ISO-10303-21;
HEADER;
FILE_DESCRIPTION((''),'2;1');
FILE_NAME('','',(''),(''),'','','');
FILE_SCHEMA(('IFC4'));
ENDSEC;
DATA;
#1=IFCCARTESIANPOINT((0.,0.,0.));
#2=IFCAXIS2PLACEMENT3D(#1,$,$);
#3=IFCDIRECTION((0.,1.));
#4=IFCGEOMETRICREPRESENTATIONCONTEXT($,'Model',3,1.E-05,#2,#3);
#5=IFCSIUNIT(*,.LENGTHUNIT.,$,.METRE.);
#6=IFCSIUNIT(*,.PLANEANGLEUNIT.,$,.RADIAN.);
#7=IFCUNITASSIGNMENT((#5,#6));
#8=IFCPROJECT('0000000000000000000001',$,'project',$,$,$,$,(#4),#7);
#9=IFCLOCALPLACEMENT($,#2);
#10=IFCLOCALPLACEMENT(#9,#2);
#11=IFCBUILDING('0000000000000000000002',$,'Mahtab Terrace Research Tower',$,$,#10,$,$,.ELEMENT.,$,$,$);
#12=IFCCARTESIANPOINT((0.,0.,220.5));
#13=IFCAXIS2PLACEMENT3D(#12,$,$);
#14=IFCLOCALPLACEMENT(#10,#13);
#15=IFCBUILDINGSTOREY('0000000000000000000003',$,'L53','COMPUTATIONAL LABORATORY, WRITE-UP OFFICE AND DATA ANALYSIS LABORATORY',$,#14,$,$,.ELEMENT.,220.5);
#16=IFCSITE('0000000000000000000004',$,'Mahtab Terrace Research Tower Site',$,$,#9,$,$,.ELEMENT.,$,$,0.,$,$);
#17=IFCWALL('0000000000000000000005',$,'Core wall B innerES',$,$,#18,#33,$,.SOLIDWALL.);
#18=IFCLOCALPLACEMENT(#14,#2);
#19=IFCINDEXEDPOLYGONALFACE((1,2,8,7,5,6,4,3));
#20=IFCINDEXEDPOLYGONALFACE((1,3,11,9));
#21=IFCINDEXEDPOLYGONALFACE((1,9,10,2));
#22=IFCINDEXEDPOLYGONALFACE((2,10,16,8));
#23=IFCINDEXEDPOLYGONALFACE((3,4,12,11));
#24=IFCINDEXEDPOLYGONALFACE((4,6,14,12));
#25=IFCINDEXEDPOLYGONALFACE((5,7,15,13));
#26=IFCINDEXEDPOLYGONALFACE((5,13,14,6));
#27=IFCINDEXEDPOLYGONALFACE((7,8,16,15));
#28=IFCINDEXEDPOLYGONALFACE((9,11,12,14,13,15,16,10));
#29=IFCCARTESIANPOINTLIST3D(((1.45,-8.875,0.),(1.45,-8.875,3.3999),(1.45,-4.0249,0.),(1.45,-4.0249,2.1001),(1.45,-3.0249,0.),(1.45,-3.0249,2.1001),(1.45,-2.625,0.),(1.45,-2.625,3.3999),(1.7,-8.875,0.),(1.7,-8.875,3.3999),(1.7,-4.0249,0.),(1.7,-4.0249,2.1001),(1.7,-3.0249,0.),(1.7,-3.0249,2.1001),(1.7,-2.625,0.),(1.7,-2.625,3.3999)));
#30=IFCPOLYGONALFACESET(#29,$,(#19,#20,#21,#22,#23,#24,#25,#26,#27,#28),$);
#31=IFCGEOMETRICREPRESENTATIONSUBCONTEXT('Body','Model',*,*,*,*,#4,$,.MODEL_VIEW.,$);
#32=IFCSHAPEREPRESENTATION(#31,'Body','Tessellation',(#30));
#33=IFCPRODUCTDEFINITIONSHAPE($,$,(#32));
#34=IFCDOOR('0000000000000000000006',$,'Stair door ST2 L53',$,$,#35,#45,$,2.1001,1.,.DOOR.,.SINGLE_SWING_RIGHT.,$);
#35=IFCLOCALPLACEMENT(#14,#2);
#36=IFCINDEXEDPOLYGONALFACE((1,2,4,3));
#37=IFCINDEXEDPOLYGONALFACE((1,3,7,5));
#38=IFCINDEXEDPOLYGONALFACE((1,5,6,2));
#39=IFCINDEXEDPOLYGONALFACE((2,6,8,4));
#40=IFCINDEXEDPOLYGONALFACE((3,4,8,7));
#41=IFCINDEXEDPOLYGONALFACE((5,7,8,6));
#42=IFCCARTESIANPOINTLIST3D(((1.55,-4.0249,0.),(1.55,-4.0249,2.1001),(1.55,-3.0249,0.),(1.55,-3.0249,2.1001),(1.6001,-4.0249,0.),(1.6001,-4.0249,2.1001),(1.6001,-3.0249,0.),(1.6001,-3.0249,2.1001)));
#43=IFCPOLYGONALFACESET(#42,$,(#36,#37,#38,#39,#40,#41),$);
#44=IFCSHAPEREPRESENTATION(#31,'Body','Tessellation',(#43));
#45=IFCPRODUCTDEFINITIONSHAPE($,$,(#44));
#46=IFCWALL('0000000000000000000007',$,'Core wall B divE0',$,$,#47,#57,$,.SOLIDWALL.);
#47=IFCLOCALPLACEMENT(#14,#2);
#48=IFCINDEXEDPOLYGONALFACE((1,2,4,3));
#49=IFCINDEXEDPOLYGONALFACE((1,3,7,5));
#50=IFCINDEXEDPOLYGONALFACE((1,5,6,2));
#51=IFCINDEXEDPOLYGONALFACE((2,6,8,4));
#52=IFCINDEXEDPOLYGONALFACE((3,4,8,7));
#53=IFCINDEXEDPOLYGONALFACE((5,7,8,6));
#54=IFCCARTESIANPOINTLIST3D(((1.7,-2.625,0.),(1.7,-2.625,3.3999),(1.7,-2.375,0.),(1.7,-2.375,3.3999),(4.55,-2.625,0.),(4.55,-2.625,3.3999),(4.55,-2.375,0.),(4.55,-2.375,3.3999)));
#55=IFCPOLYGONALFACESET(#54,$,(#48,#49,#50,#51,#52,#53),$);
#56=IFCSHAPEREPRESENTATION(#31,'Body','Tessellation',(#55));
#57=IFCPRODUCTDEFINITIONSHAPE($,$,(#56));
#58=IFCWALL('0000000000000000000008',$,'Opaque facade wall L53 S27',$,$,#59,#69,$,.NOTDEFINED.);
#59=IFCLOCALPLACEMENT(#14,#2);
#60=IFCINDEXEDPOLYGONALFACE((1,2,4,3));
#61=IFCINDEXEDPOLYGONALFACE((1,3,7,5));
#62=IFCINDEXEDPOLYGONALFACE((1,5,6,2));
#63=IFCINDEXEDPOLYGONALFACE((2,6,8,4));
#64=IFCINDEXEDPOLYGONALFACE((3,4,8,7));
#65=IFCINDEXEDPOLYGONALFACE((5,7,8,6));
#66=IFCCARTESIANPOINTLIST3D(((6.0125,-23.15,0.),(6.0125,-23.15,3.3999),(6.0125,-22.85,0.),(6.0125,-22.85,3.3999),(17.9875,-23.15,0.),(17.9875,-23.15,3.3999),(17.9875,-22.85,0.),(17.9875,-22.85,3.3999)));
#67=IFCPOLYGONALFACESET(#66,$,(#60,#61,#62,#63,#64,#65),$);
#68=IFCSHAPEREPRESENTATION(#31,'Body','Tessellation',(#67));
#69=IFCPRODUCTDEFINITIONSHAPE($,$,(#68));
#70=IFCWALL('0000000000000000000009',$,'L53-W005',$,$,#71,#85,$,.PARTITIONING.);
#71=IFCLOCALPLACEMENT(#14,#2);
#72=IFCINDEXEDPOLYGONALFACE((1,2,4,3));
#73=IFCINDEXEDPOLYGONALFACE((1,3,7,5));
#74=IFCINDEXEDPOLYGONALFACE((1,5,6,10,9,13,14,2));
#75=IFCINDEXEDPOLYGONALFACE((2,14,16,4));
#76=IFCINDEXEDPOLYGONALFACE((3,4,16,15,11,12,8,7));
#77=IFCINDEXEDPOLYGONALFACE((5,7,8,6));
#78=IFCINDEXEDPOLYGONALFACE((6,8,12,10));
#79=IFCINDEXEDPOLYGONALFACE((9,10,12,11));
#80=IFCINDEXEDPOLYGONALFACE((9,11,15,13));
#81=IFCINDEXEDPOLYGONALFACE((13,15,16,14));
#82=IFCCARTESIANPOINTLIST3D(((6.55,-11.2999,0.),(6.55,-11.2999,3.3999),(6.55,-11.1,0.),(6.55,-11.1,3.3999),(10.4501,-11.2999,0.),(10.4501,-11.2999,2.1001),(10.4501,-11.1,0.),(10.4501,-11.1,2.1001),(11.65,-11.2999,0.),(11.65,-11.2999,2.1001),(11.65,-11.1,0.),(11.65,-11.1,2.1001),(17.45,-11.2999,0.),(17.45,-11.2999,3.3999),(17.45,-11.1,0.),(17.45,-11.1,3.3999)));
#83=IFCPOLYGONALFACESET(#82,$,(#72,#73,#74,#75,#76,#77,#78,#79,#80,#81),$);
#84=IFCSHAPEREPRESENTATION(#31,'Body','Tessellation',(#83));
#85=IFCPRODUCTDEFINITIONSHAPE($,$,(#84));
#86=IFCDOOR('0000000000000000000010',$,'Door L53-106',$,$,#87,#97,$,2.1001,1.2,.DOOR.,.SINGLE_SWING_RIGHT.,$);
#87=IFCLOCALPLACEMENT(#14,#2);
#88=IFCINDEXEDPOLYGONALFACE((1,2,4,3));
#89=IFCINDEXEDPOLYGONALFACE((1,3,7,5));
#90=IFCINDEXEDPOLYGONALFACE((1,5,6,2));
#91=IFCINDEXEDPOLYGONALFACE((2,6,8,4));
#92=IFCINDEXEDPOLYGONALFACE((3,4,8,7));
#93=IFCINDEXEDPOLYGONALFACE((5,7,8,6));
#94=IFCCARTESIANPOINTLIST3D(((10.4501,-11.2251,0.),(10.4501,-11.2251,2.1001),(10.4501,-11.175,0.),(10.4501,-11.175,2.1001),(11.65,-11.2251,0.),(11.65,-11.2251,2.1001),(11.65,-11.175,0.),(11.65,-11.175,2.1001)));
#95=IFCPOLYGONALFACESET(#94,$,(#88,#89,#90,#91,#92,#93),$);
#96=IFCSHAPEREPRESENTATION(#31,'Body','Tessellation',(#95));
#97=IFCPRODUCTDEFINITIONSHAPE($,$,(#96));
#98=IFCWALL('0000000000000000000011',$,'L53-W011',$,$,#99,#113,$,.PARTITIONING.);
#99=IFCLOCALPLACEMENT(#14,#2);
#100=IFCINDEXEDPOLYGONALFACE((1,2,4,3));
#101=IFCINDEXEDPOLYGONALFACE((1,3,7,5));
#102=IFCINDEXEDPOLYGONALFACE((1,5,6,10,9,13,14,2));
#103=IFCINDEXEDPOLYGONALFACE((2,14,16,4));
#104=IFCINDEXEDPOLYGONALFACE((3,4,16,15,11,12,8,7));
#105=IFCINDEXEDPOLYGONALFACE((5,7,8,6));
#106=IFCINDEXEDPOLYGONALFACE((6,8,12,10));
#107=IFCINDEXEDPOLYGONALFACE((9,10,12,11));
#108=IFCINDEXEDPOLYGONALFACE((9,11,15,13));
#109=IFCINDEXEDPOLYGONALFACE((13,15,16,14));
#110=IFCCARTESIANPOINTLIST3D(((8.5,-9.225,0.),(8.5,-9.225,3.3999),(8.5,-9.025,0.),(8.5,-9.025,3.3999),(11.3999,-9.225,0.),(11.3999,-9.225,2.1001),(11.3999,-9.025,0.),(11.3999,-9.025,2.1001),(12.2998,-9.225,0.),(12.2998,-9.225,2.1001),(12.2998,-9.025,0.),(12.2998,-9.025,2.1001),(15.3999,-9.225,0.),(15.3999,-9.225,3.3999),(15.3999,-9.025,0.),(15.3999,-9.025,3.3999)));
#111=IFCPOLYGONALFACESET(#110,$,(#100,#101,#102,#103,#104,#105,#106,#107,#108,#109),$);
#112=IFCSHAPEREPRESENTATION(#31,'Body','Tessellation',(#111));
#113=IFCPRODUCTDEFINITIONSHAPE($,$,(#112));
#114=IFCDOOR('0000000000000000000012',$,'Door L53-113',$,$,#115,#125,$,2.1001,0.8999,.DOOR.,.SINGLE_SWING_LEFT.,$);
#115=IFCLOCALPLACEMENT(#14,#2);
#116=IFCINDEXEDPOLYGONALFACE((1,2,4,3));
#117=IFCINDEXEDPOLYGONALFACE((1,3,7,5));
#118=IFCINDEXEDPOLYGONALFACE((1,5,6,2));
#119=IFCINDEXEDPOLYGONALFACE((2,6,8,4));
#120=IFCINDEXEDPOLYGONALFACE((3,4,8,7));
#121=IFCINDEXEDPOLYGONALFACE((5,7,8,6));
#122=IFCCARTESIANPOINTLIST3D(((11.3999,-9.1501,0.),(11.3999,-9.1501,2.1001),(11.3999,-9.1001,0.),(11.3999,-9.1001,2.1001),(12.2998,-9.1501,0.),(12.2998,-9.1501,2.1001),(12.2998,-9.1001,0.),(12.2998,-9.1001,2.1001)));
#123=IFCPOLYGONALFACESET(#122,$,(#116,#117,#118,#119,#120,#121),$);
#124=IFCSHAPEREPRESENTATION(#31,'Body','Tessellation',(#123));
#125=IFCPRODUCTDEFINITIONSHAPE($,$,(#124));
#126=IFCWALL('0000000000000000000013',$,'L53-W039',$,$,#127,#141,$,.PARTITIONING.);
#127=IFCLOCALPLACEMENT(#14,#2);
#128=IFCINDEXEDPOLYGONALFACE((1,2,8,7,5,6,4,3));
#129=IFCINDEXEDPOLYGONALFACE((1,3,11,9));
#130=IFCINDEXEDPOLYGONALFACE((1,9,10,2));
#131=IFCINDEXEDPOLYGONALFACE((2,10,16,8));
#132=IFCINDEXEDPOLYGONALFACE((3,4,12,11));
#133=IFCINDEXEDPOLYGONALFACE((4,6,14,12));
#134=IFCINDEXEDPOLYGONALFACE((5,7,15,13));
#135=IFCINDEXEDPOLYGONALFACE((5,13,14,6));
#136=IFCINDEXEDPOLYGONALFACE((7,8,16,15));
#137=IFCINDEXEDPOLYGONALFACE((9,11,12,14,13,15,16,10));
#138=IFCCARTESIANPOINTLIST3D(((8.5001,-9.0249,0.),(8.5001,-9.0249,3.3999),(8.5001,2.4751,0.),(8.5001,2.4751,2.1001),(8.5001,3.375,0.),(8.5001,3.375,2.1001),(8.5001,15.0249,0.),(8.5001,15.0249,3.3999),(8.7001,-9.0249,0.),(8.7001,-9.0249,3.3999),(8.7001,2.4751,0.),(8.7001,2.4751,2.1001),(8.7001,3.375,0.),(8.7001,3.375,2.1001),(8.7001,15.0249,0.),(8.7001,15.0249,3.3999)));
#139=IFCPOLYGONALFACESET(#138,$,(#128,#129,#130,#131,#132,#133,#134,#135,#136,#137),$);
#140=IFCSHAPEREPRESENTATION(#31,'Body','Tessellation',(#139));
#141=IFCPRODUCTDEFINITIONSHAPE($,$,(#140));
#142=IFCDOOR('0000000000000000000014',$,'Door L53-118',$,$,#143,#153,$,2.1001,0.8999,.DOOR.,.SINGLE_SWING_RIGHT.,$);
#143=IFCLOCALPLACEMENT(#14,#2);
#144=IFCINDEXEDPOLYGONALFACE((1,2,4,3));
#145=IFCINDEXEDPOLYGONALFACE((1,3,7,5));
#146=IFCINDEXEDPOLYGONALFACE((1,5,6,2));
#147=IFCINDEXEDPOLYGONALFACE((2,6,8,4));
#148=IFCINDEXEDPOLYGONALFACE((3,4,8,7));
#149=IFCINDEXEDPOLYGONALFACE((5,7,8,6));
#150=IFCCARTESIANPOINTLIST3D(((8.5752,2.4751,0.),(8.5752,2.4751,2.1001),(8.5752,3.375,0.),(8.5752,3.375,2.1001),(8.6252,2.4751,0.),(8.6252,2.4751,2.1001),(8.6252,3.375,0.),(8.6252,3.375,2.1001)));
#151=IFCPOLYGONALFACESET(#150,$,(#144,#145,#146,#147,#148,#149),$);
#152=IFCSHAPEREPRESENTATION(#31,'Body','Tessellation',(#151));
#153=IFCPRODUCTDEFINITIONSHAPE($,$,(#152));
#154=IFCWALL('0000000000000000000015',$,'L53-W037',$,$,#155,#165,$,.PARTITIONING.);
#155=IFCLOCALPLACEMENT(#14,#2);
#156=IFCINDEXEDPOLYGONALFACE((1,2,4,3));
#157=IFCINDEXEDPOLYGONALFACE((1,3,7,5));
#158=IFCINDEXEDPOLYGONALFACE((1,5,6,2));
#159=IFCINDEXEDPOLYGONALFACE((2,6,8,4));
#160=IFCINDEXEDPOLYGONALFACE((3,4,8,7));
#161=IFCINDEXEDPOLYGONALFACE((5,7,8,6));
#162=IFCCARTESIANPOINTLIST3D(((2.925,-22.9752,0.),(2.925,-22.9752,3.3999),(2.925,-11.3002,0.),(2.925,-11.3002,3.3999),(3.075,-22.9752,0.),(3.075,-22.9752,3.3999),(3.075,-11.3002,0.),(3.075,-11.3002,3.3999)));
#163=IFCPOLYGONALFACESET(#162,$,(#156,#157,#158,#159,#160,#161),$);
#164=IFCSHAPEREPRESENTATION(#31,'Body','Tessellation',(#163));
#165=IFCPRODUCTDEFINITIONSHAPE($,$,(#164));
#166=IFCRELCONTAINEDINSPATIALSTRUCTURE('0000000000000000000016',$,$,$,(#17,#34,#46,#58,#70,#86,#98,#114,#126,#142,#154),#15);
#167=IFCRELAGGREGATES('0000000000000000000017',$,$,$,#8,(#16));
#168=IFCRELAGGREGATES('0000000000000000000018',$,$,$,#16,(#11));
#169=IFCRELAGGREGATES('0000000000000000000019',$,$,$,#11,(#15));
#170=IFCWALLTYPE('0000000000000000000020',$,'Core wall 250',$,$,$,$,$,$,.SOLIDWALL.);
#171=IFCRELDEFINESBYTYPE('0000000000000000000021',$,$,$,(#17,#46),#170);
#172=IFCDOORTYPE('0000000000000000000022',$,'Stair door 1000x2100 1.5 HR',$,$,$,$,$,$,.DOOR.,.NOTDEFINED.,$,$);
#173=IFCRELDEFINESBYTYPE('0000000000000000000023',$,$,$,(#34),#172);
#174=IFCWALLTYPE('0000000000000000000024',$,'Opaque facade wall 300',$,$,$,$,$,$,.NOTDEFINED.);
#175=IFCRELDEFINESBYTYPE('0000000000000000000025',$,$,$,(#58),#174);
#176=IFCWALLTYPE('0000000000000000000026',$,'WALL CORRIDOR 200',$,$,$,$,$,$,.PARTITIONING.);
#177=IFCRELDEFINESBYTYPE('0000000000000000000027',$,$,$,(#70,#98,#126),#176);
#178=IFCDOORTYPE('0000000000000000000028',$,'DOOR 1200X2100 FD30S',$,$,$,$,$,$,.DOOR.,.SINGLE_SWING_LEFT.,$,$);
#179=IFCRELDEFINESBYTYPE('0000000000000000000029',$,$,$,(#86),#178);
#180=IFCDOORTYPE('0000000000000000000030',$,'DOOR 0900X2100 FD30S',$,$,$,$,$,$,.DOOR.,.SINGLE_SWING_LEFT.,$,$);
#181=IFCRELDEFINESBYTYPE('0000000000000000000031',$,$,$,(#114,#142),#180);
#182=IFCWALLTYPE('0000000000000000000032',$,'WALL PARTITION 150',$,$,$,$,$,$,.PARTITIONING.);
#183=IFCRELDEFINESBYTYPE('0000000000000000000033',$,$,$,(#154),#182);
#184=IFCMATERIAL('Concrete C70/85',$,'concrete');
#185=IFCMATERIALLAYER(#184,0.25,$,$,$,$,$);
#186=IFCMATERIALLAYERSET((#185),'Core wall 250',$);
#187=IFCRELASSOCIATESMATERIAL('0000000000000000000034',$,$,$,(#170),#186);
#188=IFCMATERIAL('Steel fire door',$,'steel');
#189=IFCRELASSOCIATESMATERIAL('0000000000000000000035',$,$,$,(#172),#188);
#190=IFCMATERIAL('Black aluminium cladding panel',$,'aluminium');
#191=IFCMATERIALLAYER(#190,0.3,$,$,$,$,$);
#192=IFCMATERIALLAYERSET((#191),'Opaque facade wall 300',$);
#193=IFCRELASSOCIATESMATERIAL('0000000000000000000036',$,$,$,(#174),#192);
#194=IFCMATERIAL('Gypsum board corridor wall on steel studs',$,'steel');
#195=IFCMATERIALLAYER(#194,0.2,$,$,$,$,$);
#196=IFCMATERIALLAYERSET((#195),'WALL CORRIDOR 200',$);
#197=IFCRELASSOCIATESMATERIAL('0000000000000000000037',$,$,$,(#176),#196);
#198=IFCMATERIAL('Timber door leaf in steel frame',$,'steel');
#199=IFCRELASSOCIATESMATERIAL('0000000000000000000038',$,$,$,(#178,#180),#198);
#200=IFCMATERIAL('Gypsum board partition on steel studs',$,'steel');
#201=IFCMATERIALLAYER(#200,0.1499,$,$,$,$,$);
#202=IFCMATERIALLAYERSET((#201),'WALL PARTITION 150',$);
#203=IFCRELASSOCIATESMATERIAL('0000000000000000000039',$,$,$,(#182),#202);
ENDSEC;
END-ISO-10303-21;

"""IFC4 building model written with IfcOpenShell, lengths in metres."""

from ifc_helpers import new_model, si_unit, direction, frame, frame_2d, origin, place, context, subcontext, project, spatial, rectangle, extrude, material, layer, layer_set, type_object, element, fill, save


model = new_model("IFC4")

# Units and contexts
model_context = context("Model", 3, precision=1e-05, world=origin(), true_north=direction((0.0, 1.0)))
body_context = subcontext(model_context, "Body", "Model", "MODEL_VIEW")
ifc_project = project(units=[si_unit("LENGTHUNIT", "METRE"), si_unit("PLANEANGLEUNIT", "RADIAN")], contexts=[model_context])

# Site, building, storey
site_placement = place(None, origin())
site = spatial("IfcSite", under=ifc_project, at=site_placement, Name="Mahtab Terrace Research Tower Site", CompositionType="ELEMENT", RefElevation=0.0)
building_placement = place(site_placement, origin())
building = spatial("IfcBuilding", under=site, at=building_placement, Name="Mahtab Terrace Research Tower", CompositionType="ELEMENT")
storey_placement = place(building_placement, frame((0.0, 0.0, 220.5)))
storey = spatial("IfcBuildingStorey", under=building, at=storey_placement, Name="L53", Description="COMPUTATIONAL LABORATORY, WRITE-UP OFFICE AND DATA ANALYSIS LABORATORY", CompositionType="ELEMENT", Elevation=220.5)

# Shared definitions
ifc_material_1 = material(Name="Concrete C70/85", Category="concrete")

# Shared definitions
ifc_layer_1 = layer(ifc_material_1, 0.25)
ifc_layer_set_1 = layer_set([ifc_layer_1], Name="Core wall 250")
wall_type_1 = type_object("IfcWallType", Name="Core wall 250", PredefinedType="SOLIDWALL", material=ifc_layer_set_1)

# Wall, opening, door
ifc_material_2 = material(Name="Steel fire door", Category="steel")
wall_1_placement = place(storey_placement, frame((1.575, -8.875, 0.0), z_axis=(0.0, 0.0, 1.0), x_axis=(0.0, 1.0, 0.0)))
wall_1 = element("IfcWall", 1, at=wall_1_placement, inside=storey, type_object=wall_type_1, Name="Core wall B innerES", PredefinedType="SOLIDWALL", context=body_context, shape_type="SweptSolid", body=[
    extrude(rectangle(XDim=6.25, YDim=0.25, at=frame_2d((3.125, 0.0))), origin(), (0.0, 0.0, 1.0), 3.3999),
])
opening_1_placement = place(wall_1_placement, frame((4.8501, 0.0, 0.0)))
opening_1 = element("IfcOpeningElement", 2, at=opening_1_placement, cuts=wall_1, PredefinedType="OPENING", context=body_context, shape_type="SweptSolid", body=[
    extrude(rectangle(XDim=1.0, YDim=2.1001, at=frame_2d((0.5, 1.05))), frame((0.0, 0.135, 0.0), z_axis=(0.0, -1.0, 0.0), x_axis=(1.0, 0.0, 0.0)), (0.0, 0.0, 1.0), 0.27),
])
door_type_1 = type_object("IfcDoorType", Name="Stair door 1000x2100 1.5 HR", OperationType="NOTDEFINED", PredefinedType="DOOR", material=ifc_material_2)
door_1_placement = place(opening_1_placement, origin())
door_1 = element("IfcDoor", 3, at=door_1_placement, inside=storey, type_object=door_type_1, Name="Stair door ST2 L53", OperationType="SINGLE_SWING_RIGHT", OverallHeight=2.1001, OverallWidth=1.0, PredefinedType="DOOR", context=body_context, shape_type="SweptSolid", body=[
    extrude(rectangle(XDim=1.0, YDim=2.1001, at=frame_2d((0.5, 1.05))), frame((0.0, 0.0249, 0.0), z_axis=(0.0, -1.0, 0.0), x_axis=(1.0, 0.0, 0.0)), (0.0, 0.0, 1.0), 0.05),
])
fill(opening_1, door_1)

# Walls
wall_2_placement = place(storey_placement, frame((1.7, -2.5, 0.0), z_axis=(0.0, 0.0, 1.0), x_axis=(1.0, 0.0, 0.0)))
element("IfcWall", 4, at=wall_2_placement, inside=storey, type_object=wall_type_1, Name="Core wall B divE0", PredefinedType="SOLIDWALL", context=body_context, shape_type="SweptSolid", body=[
    extrude(rectangle(XDim=2.8501, YDim=0.25, at=frame_2d((1.425, 0.0))), origin(), (0.0, 0.0, 1.0), 3.3999),
])
ifc_material_3 = material(Name="Black aluminium cladding panel", Category="aluminium")
ifc_layer_2 = layer(ifc_material_3, 0.3)
ifc_layer_set_2 = layer_set([ifc_layer_2], Name="Opaque facade wall 300")
wall_type_2 = type_object("IfcWallType", Name="Opaque facade wall 300", PredefinedType="NOTDEFINED", material=ifc_layer_set_2)
wall_3_placement = place(storey_placement, frame((6.0125, -23.0, 0.0), z_axis=(0.0, 0.0, 1.0), x_axis=(1.0, 0.0, 0.0)))
element("IfcWall", 5, at=wall_3_placement, inside=storey, type_object=wall_type_2, Name="Opaque facade wall L53 S27", PredefinedType="NOTDEFINED", context=body_context, shape_type="SweptSolid", body=[
    extrude(rectangle(XDim=11.9751, YDim=0.3, at=frame_2d((5.9875, 0.0))), origin(), (0.0, 0.0, 1.0), 3.3999),
])

# Walls, openings, doors
ifc_material_4 = material(Name="Gypsum board corridor wall on steel studs", Category="steel")
ifc_layer_3 = layer(ifc_material_4, 0.2)
ifc_layer_set_3 = layer_set([ifc_layer_3], Name="WALL CORRIDOR 200")
wall_type_3 = type_object("IfcWallType", Name="WALL CORRIDOR 200", PredefinedType="PARTITIONING", material=ifc_layer_set_3)
wall_4_placement = place(storey_placement, frame((6.55, -11.2, 0.0), z_axis=(0.0, 0.0, 1.0), x_axis=(1.0, 0.0, 0.0)))
wall_4 = element("IfcWall", 6, at=wall_4_placement, inside=storey, type_object=wall_type_3, Name="L53-W005", PredefinedType="PARTITIONING", context=body_context, shape_type="SweptSolid", body=[
    extrude(rectangle(XDim=10.8999, YDim=0.2, at=frame_2d((5.45, 0.0))), origin(), (0.0, 0.0, 1.0), 3.3999),
])
opening_2_placement = place(wall_4_placement, frame((3.8999, 0.0, 0.0)))
opening_2 = element("IfcOpeningElement", 7, at=opening_2_placement, cuts=wall_4, PredefinedType="OPENING", context=body_context, shape_type="SweptSolid", body=[
    extrude(rectangle(XDim=1.2, YDim=2.1001, at=frame_2d((0.6001, 1.05))), frame((0.0, 0.1099, 0.0), z_axis=(0.0, -1.0, 0.0), x_axis=(1.0, 0.0, 0.0)), (0.0, 0.0, 1.0), 0.22),
])
ifc_material_5 = material(Name="Timber door leaf in steel frame", Category="steel")
door_type_2 = type_object("IfcDoorType", Name="DOOR 1200X2100 FD30S", OperationType="SINGLE_SWING_LEFT", PredefinedType="DOOR", material=ifc_material_5)
door_2_placement = place(opening_2_placement, origin())
door_2 = element("IfcDoor", 8, at=door_2_placement, inside=storey, type_object=door_type_2, Name="Door L53-106", OperationType="SINGLE_SWING_RIGHT", OverallHeight=2.1001, OverallWidth=1.2, PredefinedType="DOOR", context=body_context, shape_type="SweptSolid", body=[
    extrude(rectangle(XDim=1.2, YDim=2.1001, at=frame_2d((0.6001, 1.05))), frame((0.0, 0.0249, 0.0), z_axis=(0.0, -1.0, 0.0), x_axis=(1.0, 0.0, 0.0)), (0.0, 0.0, 1.0), 0.05),
])
fill(opening_2, door_2)
wall_5_placement = place(storey_placement, frame((8.5, -9.125, 0.0), z_axis=(0.0, 0.0, 1.0), x_axis=(1.0, 0.0, 0.0)))
wall_5 = element("IfcWall", 9, at=wall_5_placement, inside=storey, type_object=wall_type_3, Name="L53-W011", PredefinedType="PARTITIONING", context=body_context, shape_type="SweptSolid", body=[
    extrude(rectangle(XDim=6.8999, YDim=0.2, at=frame_2d((3.45, 0.0))), origin(), (0.0, 0.0, 1.0), 3.3999),
])
opening_3_placement = place(wall_5_placement, frame((2.8999, 0.0, 0.0)))
opening_3 = element("IfcOpeningElement", 10, at=opening_3_placement, cuts=wall_5, PredefinedType="OPENING", context=body_context, shape_type="SweptSolid", body=[
    extrude(rectangle(XDim=0.8999, YDim=2.1001, at=frame_2d((0.45, 1.05))), frame((0.0, 0.1099, 0.0), z_axis=(0.0, -1.0, 0.0), x_axis=(1.0, 0.0, 0.0)), (0.0, 0.0, 1.0), 0.22),
])
door_type_3 = type_object("IfcDoorType", Name="DOOR 0900X2100 FD30S", OperationType="SINGLE_SWING_LEFT", PredefinedType="DOOR", material=ifc_material_5)
door_3_placement = place(opening_3_placement, origin())
door_3 = element("IfcDoor", 11, at=door_3_placement, inside=storey, type_object=door_type_3, Name="Door L53-113", OperationType="SINGLE_SWING_LEFT", OverallHeight=2.1001, OverallWidth=0.8999, PredefinedType="DOOR", context=body_context, shape_type="SweptSolid", body=[
    extrude(rectangle(XDim=0.8999, YDim=2.1001, at=frame_2d((0.45, 1.05))), frame((0.0, 0.0249, 0.0), z_axis=(0.0, -1.0, 0.0), x_axis=(1.0, 0.0, 0.0)), (0.0, 0.0, 1.0), 0.05),
])
fill(opening_3, door_3)
wall_6_placement = place(storey_placement, frame((8.6001, -9.0249, 0.0), z_axis=(0.0, 0.0, 1.0), x_axis=(0.0, 1.0, 0.0)))
wall_6 = element("IfcWall", 12, at=wall_6_placement, inside=storey, type_object=wall_type_3, Name="L53-W039", PredefinedType="PARTITIONING", context=body_context, shape_type="SweptSolid", body=[
    extrude(rectangle(XDim=24.0498, YDim=0.2, at=frame_2d((12.0249, 0.0))), origin(), (0.0, 0.0, 1.0), 3.3999),
])
opening_4_placement = place(wall_6_placement, frame((11.5, 0.0, 0.0)))
opening_4 = element("IfcOpeningElement", 13, at=opening_4_placement, cuts=wall_6, PredefinedType="OPENING", context=body_context, shape_type="SweptSolid", body=[
    extrude(rectangle(XDim=0.8999, YDim=2.1001, at=frame_2d((0.45, 1.05))), frame((0.0, 0.1099, 0.0), z_axis=(0.0, -1.0, 0.0), x_axis=(1.0, 0.0, 0.0)), (0.0, 0.0, 1.0), 0.22),
])
door_4_placement = place(opening_4_placement, origin())
door_4 = element("IfcDoor", 14, at=door_4_placement, inside=storey, type_object=door_type_3, Name="Door L53-118", OperationType="SINGLE_SWING_RIGHT", OverallHeight=2.1001, OverallWidth=0.8999, PredefinedType="DOOR", context=body_context, shape_type="SweptSolid", body=[
    extrude(rectangle(XDim=0.8999, YDim=2.1001, at=frame_2d((0.45, 1.05))), frame((0.0, 0.0249, 0.0), z_axis=(0.0, -1.0, 0.0), x_axis=(1.0, 0.0, 0.0)), (0.0, 0.0, 1.0), 0.05),
])
fill(opening_4, door_4)

# Wall
ifc_material_6 = material(Name="Gypsum board partition on steel studs", Category="steel")
ifc_layer_4 = layer(ifc_material_6, 0.1499)
ifc_layer_set_4 = layer_set([ifc_layer_4], Name="WALL PARTITION 150")
wall_type_4 = type_object("IfcWallType", Name="WALL PARTITION 150", PredefinedType="PARTITIONING", material=ifc_layer_set_4)
wall_7_placement = place(storey_placement, frame((3.0, -22.9751, 0.0), z_axis=(0.0, 0.0, 1.0), x_axis=(0.0, 1.0, 0.0)))
element("IfcWall", 15, at=wall_7_placement, inside=storey, type_object=wall_type_4, Name="L53-W037", PredefinedType="PARTITIONING", context=body_context, shape_type="SweptSolid", body=[
    extrude(rectangle(XDim=11.675, YDim=0.1499, at=frame_2d((5.8374, 0.0))), origin(), (0.0, 0.0, 1.0), 3.3999),
])

save(model, "model.ifc")
